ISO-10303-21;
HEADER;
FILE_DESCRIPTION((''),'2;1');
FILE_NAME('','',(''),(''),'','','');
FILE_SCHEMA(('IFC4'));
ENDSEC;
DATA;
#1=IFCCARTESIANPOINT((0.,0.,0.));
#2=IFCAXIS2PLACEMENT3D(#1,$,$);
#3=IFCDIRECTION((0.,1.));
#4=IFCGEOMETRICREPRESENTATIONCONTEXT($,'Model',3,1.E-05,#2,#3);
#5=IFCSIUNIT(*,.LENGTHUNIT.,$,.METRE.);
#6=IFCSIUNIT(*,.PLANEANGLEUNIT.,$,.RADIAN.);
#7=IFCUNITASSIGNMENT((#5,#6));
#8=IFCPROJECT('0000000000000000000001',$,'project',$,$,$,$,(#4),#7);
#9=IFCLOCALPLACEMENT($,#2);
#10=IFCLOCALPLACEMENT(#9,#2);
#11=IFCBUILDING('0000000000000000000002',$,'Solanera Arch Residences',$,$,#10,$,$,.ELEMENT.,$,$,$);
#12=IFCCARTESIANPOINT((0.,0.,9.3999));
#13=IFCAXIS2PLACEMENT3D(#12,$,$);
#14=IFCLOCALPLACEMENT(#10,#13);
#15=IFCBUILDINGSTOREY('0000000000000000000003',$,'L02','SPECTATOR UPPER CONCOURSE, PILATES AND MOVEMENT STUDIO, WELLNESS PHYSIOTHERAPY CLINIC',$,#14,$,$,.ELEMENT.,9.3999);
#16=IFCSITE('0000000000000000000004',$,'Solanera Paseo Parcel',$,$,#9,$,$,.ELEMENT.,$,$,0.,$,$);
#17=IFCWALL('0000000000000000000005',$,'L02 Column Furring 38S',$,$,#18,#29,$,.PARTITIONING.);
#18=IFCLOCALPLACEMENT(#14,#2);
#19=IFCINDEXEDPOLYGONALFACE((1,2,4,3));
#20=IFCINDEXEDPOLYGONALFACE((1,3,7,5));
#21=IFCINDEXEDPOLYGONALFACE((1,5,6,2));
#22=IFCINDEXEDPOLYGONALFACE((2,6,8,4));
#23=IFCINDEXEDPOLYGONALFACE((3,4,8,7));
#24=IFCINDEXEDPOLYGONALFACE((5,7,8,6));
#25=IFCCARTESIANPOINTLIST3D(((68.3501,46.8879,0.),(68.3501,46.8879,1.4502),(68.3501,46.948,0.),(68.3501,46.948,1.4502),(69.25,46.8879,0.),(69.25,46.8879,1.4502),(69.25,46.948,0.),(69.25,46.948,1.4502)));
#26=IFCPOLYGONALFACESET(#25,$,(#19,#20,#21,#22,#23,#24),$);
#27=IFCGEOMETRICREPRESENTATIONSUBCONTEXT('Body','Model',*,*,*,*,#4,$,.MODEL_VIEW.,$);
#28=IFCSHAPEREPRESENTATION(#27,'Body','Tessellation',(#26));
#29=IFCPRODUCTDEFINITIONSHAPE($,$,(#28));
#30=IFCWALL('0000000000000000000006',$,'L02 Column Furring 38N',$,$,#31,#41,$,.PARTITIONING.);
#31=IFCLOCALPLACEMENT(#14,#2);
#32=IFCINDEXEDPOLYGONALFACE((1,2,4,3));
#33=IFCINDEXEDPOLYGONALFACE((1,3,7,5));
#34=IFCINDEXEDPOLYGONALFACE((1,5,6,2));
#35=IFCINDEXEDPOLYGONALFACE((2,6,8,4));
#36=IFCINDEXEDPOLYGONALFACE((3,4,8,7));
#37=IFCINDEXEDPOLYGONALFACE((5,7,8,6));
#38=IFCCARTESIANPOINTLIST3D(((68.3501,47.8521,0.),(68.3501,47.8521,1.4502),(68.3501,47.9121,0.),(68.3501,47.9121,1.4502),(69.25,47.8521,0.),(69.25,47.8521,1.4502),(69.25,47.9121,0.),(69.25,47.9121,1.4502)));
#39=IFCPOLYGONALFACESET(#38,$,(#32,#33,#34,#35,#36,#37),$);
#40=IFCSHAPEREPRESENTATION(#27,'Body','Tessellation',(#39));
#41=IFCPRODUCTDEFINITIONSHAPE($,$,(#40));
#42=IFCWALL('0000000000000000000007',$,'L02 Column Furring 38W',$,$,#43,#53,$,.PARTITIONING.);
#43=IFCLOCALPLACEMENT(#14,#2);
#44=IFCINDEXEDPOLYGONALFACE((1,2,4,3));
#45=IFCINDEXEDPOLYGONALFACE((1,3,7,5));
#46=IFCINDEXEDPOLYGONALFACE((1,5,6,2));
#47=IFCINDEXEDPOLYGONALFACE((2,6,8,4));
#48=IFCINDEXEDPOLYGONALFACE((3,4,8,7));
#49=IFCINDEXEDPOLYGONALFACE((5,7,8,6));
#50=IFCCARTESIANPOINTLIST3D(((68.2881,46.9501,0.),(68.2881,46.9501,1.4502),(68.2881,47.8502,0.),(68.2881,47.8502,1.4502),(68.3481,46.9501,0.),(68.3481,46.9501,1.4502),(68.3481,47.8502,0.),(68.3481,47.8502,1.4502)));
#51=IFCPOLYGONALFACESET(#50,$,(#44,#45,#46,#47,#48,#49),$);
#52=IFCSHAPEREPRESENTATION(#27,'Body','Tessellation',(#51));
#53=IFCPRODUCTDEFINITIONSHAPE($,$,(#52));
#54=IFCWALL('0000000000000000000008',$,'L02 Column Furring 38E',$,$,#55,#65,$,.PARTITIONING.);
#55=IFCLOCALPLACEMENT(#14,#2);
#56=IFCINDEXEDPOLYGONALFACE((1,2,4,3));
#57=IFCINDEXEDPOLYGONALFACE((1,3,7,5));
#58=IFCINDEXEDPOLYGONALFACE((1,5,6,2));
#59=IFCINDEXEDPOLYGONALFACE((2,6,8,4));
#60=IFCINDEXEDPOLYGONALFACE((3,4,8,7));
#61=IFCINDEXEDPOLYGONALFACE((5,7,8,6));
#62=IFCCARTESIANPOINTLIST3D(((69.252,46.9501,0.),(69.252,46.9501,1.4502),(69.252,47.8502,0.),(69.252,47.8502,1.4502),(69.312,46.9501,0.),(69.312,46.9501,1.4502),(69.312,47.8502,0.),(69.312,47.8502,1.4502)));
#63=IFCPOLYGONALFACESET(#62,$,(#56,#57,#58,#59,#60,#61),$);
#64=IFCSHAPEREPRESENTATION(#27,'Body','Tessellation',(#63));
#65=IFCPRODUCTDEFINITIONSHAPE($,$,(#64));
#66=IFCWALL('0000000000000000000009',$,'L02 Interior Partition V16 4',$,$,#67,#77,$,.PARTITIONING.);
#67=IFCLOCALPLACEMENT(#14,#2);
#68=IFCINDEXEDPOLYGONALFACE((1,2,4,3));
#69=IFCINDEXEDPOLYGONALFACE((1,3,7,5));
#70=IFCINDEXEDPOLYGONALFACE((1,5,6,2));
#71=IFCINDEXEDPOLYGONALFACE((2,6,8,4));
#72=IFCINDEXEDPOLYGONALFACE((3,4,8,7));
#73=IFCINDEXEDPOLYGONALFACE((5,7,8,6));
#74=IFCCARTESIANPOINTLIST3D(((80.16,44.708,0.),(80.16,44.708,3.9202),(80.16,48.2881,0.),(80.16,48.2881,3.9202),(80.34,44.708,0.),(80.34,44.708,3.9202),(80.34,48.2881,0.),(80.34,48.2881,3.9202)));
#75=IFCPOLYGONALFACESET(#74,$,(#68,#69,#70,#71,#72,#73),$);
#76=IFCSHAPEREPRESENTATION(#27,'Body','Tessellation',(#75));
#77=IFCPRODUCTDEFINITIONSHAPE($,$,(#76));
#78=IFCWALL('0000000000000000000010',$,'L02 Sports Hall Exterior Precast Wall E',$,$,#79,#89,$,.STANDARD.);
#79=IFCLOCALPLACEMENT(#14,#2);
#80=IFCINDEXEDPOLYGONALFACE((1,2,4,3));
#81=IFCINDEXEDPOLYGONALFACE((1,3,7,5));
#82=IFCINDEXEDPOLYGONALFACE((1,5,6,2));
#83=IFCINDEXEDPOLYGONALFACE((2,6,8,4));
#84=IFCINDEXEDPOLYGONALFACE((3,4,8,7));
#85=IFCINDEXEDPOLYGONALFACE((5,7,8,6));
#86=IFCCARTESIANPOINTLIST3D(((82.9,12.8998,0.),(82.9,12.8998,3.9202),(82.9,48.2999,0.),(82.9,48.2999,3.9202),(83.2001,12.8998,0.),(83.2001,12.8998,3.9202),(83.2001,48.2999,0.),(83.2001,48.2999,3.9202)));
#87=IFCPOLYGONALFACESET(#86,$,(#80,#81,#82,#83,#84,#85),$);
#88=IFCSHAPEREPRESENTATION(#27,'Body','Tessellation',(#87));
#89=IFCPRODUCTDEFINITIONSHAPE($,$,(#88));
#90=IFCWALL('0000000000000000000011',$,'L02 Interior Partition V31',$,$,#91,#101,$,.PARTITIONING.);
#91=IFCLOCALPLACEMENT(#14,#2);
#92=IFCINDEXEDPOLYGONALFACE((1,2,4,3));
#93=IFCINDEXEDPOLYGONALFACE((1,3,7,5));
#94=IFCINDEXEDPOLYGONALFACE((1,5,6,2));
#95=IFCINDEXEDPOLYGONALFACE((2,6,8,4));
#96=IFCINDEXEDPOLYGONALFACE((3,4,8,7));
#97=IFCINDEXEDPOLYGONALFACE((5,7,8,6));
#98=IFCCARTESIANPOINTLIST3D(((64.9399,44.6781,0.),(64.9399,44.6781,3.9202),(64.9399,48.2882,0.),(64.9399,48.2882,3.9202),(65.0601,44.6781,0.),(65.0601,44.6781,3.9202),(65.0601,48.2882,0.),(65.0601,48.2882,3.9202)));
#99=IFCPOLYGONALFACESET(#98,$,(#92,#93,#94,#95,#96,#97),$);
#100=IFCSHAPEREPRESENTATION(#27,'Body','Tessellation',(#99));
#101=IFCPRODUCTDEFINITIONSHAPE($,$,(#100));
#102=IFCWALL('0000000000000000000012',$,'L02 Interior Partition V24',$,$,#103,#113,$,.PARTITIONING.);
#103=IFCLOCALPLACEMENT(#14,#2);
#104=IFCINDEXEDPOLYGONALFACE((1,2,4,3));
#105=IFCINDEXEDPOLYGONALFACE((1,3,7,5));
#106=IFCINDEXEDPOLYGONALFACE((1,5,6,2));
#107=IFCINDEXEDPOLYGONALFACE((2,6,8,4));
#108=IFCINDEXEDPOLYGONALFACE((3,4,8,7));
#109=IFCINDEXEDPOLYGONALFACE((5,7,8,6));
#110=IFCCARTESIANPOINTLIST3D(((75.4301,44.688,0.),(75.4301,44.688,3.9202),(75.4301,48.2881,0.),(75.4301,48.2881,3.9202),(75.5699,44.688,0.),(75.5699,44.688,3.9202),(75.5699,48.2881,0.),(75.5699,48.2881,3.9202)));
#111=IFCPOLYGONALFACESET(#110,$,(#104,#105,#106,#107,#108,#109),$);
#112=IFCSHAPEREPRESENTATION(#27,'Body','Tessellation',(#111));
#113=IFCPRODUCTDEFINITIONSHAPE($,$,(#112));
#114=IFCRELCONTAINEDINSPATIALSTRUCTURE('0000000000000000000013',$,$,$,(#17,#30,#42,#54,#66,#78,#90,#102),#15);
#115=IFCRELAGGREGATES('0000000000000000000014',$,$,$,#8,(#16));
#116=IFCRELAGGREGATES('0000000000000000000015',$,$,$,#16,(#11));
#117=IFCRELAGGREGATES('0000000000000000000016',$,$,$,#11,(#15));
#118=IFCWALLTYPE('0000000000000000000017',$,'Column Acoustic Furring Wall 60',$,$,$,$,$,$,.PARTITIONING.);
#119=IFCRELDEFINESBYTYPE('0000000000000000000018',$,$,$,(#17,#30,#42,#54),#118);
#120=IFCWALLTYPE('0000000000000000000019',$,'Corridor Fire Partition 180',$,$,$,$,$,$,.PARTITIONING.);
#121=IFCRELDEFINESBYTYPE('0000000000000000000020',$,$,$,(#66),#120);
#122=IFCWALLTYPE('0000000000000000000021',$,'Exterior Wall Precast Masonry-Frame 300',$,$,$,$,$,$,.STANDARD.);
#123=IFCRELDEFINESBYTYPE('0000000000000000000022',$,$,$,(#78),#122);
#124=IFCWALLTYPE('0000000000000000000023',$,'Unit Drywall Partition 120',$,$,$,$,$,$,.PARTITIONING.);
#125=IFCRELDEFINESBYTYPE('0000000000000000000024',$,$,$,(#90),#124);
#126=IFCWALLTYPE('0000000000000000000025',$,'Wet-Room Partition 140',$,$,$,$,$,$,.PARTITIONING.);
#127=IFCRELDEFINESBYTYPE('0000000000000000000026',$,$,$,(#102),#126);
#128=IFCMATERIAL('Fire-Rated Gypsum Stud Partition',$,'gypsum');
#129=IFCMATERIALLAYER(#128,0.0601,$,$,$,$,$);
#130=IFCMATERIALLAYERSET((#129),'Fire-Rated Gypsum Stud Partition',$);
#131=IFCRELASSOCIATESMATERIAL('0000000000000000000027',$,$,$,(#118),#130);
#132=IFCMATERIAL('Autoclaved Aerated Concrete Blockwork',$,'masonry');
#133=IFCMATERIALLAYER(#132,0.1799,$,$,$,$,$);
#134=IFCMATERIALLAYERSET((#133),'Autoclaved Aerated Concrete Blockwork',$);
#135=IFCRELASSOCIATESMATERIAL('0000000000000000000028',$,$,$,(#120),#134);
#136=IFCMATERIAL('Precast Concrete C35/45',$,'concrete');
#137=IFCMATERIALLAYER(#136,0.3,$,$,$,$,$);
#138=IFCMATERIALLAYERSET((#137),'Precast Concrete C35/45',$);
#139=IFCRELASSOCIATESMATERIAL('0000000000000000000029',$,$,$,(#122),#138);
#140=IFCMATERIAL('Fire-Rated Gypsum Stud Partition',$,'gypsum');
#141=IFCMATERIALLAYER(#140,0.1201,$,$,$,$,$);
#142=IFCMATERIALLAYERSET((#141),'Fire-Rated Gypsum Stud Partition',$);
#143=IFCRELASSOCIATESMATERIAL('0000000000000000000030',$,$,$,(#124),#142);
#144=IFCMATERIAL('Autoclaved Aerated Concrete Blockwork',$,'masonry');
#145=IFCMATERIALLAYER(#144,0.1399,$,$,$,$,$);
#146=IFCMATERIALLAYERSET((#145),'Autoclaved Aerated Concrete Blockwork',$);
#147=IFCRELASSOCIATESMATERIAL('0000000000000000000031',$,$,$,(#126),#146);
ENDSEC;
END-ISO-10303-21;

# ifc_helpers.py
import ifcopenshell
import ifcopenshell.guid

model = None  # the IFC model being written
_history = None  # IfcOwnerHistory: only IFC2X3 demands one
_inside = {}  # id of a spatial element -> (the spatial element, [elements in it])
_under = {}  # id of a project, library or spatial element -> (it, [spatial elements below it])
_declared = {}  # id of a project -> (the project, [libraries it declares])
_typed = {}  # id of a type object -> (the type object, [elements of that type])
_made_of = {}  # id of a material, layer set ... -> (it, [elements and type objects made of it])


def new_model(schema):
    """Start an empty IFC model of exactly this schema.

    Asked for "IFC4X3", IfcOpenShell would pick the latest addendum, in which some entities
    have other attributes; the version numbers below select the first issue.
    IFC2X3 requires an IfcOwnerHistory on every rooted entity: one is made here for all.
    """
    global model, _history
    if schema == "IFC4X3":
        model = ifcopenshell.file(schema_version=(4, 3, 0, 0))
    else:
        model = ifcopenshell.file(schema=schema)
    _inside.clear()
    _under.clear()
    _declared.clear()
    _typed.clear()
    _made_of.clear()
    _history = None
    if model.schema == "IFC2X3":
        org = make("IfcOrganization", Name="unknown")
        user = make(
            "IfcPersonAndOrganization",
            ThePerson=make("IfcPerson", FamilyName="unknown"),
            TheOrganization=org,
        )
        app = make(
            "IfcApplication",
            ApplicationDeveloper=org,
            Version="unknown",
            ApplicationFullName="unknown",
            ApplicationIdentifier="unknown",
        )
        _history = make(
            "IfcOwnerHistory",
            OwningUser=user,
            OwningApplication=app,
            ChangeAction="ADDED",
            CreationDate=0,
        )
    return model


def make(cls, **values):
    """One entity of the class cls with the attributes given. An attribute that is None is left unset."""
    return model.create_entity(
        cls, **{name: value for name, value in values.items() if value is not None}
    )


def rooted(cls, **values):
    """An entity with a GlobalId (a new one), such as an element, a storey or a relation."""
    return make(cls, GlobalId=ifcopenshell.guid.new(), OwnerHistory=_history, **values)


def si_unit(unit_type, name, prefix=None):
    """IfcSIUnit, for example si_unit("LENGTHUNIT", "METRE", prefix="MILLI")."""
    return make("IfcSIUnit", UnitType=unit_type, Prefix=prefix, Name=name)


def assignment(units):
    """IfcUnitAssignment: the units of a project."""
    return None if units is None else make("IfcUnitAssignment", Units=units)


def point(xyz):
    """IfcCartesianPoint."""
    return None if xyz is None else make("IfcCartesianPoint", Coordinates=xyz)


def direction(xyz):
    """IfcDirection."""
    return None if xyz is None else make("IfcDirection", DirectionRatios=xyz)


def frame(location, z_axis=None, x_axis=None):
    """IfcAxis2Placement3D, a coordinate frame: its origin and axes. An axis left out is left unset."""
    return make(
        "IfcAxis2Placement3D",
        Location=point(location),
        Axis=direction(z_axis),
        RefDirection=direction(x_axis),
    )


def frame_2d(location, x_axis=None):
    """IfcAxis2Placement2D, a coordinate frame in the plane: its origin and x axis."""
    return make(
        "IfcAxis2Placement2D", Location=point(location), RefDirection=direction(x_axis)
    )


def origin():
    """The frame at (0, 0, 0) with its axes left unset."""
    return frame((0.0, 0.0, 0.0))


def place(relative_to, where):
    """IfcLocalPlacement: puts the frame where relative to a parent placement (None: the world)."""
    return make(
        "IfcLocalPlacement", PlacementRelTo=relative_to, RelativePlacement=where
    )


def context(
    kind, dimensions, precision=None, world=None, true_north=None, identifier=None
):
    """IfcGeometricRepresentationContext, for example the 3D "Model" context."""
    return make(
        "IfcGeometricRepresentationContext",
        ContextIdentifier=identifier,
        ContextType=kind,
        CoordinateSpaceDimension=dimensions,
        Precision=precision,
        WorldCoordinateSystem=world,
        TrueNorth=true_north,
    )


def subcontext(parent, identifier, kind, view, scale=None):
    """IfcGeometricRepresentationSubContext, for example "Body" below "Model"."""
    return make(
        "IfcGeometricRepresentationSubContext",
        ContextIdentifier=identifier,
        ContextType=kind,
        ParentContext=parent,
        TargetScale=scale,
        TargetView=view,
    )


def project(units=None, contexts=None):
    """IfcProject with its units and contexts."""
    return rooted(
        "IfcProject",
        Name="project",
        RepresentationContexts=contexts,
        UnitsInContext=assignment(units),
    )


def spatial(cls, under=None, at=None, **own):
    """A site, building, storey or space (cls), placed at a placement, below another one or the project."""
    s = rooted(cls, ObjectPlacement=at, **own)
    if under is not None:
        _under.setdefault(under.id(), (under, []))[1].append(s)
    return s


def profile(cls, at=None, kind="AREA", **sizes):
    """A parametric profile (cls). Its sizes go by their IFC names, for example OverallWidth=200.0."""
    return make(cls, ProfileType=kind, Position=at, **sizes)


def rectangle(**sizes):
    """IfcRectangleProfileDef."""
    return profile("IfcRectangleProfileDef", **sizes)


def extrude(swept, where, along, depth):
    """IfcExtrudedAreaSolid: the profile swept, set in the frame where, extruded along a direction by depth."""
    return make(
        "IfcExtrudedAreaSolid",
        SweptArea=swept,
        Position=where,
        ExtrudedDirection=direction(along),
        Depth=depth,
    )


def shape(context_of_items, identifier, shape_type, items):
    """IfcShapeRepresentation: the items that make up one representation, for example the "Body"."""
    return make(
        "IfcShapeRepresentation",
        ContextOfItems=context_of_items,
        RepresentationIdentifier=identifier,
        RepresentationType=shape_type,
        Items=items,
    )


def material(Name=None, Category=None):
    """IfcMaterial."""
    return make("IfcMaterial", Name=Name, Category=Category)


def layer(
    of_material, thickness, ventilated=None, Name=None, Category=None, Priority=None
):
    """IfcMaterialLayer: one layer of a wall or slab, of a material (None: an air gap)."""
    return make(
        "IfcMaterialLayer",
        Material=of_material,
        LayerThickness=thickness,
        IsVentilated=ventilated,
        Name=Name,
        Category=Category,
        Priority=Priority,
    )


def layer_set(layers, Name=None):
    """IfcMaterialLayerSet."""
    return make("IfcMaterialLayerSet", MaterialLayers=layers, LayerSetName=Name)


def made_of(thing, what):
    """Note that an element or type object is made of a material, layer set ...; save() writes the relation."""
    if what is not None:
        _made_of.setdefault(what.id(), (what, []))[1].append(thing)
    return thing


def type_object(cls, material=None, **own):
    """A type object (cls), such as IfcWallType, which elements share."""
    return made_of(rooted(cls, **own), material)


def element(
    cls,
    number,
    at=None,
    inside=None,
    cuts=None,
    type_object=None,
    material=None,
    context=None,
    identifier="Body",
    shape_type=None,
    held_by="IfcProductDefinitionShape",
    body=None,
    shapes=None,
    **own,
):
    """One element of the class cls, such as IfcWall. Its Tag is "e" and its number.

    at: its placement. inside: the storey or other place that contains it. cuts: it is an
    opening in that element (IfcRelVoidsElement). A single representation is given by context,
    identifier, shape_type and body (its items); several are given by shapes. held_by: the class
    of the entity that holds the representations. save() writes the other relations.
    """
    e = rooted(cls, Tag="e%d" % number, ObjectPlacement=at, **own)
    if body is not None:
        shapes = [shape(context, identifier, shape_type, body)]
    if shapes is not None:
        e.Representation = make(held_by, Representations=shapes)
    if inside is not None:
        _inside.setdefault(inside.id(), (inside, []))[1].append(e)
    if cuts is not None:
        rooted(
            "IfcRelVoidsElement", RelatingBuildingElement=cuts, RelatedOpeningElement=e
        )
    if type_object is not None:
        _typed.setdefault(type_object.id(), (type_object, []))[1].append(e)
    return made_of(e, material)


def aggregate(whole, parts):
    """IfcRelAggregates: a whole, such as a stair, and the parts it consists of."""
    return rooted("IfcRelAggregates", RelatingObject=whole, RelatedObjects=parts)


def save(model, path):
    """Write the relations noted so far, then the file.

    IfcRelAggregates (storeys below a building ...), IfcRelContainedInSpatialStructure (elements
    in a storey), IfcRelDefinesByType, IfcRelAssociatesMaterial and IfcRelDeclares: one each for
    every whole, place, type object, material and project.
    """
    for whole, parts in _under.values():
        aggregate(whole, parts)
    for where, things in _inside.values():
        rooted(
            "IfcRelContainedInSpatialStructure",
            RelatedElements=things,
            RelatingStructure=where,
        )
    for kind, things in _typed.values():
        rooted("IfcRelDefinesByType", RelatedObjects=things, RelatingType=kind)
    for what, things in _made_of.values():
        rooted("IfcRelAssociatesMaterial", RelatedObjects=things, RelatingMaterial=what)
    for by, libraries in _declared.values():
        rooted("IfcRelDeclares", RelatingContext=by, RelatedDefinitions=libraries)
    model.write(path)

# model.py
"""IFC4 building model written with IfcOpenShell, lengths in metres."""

from ifc_helpers import new_model, si_unit, direction, frame, frame_2d, origin, place, context, subcontext, project, spatial, rectangle, extrude, material, layer, layer_set, type_object, element, save


model = new_model("IFC4")

# Units and contexts
model_context = context("Model", 3, precision=1e-05, world=origin(), true_north=direction((0.0, 1.0)))
body_context = subcontext(model_context, "Body", "Model", "MODEL_VIEW")
ifc_project = project(units=[si_unit("LENGTHUNIT", "METRE"), si_unit("PLANEANGLEUNIT", "RADIAN")], contexts=[model_context])

# Site, building, storey
site_placement = place(None, origin())
site = spatial("IfcSite", under=ifc_project, at=site_placement, Name="Solanera Paseo Parcel", CompositionType="ELEMENT", RefElevation=0.0)
building_placement = place(site_placement, origin())
building = spatial("IfcBuilding", under=site, at=building_placement, Name="Solanera Arch Residences", CompositionType="ELEMENT")
storey_placement = place(building_placement, frame((0.0, 0.0, 9.3999)))
storey = spatial("IfcBuildingStorey", under=building, at=storey_placement, Name="L02", Description="SPECTATOR UPPER CONCOURSE, PILATES AND MOVEMENT STUDIO, WELLNESS PHYSIOTHERAPY CLINIC", CompositionType="ELEMENT", Elevation=9.3999)

# Walls
ifc_material_1 = material(Name="Fire-Rated Gypsum Stud Partition", Category="gypsum")
ifc_layer_1 = layer(ifc_material_1, 0.0601)
ifc_layer_set_1 = layer_set([ifc_layer_1], Name="Fire-Rated Gypsum Stud Partition")
wall_type_1 = type_object("IfcWallType", Name="Column Acoustic Furring Wall 60", PredefinedType="PARTITIONING", material=ifc_layer_set_1)
for number, where, z_axis, x_axis, name in (
    (1, (68.3501, 46.918, 0.0), (0.0, 0.0, 1.0), (1.0, 0.0, 0.0), "L02 Column Furring 38S"),
    (2, (68.3501, 47.8821, 0.0), (0.0, 0.0, 1.0), (1.0, 0.0, 0.0), "L02 Column Furring 38N"),
):
    element("IfcWall", number, at=place(storey_placement, frame(where, z_axis=z_axis, x_axis=x_axis)), inside=storey, type_object=wall_type_1, Name=name, PredefinedType="PARTITIONING", context=body_context, shape_type="SweptSolid", body=[
        extrude(rectangle(XDim=0.8999, YDim=0.0601, at=frame_2d((0.45, 0.0))), origin(), (0.0, 0.0, 1.0), 1.4502),
    ])
for number, where, z_axis, x_axis, name in (
    (3, (68.3181, 46.95, 0.0), (0.0, 0.0, 1.0), (0.0, 1.0, 0.0), "L02 Column Furring 38W"),
    (4, (69.282, 46.95, 0.0), (0.0, 0.0, 1.0), (0.0, 1.0, 0.0), "L02 Column Furring 38E"),
):
    element("IfcWall", number, at=place(storey_placement, frame(where, z_axis=z_axis, x_axis=x_axis)), inside=storey, type_object=wall_type_1, Name=name, PredefinedType="PARTITIONING", context=body_context, shape_type="SweptSolid", body=[
        extrude(rectangle(XDim=0.9001, YDim=0.0601, at=frame_2d((0.4502, 0.0))), origin(), (0.0, 0.0, 1.0), 1.4502),
    ])

# Shared definitions
ifc_material_2 = material(Name="Autoclaved Aerated Concrete Blockwork", Category="masonry")
ifc_layer_2 = layer(ifc_material_2, 0.1799)
ifc_layer_set_2 = layer_set([ifc_layer_2], Name="Autoclaved Aerated Concrete Blockwork")
wall_type_2 = type_object("IfcWallType", Name="Corridor Fire Partition 180", PredefinedType="PARTITIONING", material=ifc_layer_set_2)

# Walls
wall_1_placement = place(storey_placement, frame((80.25, 44.708, 0.0), z_axis=(0.0, 0.0, 1.0), x_axis=(0.0, 1.0, 0.0)))
element("IfcWall", 5, at=wall_1_placement, inside=storey, type_object=wall_type_2, Name="L02 Interior Partition V16 4", PredefinedType="PARTITIONING", context=body_context, shape_type="SweptSolid", body=[
    extrude(rectangle(XDim=3.5801, YDim=0.1799, at=frame_2d((1.79, 0.0))), origin(), (0.0, 0.0, 1.0), 3.9202),
])
ifc_material_3 = material(Name="Precast Concrete C35/45", Category="concrete")
ifc_layer_3 = layer(ifc_material_3, 0.3)
ifc_layer_set_3 = layer_set([ifc_layer_3], Name="Precast Concrete C35/45")
wall_type_3 = type_object("IfcWallType", Name="Exterior Wall Precast Masonry-Frame 300", PredefinedType="STANDARD", material=ifc_layer_set_3)
wall_2_placement = place(storey_placement, frame((83.05, 48.3, 0.0), z_axis=(0.0, 0.0, 1.0), x_axis=(0.0, -1.0, 0.0)))
element("IfcWall", 6, at=wall_2_placement, inside=storey, type_object=wall_type_3, Name="L02 Sports Hall Exterior Precast Wall E", PredefinedType="STANDARD", context=body_context, shape_type="SweptSolid", body=[
    extrude(rectangle(XDim=35.4001, YDim=0.3, at=frame_2d((17.7002, 0.0))), origin(), (0.0, 0.0, 1.0), 3.9202),
])
ifc_material_4 = material(Name="Fire-Rated Gypsum Stud Partition", Category="gypsum")
ifc_layer_4 = layer(ifc_material_4, 0.1201)
ifc_layer_set_4 = layer_set([ifc_layer_4], Name="Fire-Rated Gypsum Stud Partition")
wall_type_4 = type_object("IfcWallType", Name="Unit Drywall Partition 120", PredefinedType="PARTITIONING", material=ifc_layer_set_4)
wall_3_placement = place(storey_placement, frame((65.0, 44.678, 0.0), z_axis=(0.0, 0.0, 1.0), x_axis=(0.0, 1.0, 0.0)))
element("IfcWall", 7, at=wall_3_placement, inside=storey, type_object=wall_type_4, Name="L02 Interior Partition V31", PredefinedType="PARTITIONING", context=body_context, shape_type="SweptSolid", body=[
    extrude(rectangle(XDim=3.6101, YDim=0.1201, at=frame_2d((1.8052, 0.0))), origin(), (0.0, 0.0, 1.0), 3.9202),
])
ifc_material_5 = material(Name="Autoclaved Aerated Concrete Blockwork", Category="masonry")
ifc_layer_5 = layer(ifc_material_5, 0.1399)
ifc_layer_set_5 = layer_set([ifc_layer_5], Name="Autoclaved Aerated Concrete Blockwork")
wall_type_5 = type_object("IfcWallType", Name="Wet-Room Partition 140", PredefinedType="PARTITIONING", material=ifc_layer_set_5)
wall_4_placement = place(storey_placement, frame((75.5, 44.688, 0.0), z_axis=(0.0, 0.0, 1.0), x_axis=(0.0, 1.0, 0.0)))
element("IfcWall", 8, at=wall_4_placement, inside=storey, type_object=wall_type_5, Name="L02 Interior Partition V24", PredefinedType="PARTITIONING", context=body_context, shape_type="SweptSolid", body=[
    extrude(rectangle(XDim=3.6001, YDim=0.1399, at=frame_2d((1.8, 0.0))), origin(), (0.0, 0.0, 1.0), 3.9202),
])

save(model, "model.ifc")
